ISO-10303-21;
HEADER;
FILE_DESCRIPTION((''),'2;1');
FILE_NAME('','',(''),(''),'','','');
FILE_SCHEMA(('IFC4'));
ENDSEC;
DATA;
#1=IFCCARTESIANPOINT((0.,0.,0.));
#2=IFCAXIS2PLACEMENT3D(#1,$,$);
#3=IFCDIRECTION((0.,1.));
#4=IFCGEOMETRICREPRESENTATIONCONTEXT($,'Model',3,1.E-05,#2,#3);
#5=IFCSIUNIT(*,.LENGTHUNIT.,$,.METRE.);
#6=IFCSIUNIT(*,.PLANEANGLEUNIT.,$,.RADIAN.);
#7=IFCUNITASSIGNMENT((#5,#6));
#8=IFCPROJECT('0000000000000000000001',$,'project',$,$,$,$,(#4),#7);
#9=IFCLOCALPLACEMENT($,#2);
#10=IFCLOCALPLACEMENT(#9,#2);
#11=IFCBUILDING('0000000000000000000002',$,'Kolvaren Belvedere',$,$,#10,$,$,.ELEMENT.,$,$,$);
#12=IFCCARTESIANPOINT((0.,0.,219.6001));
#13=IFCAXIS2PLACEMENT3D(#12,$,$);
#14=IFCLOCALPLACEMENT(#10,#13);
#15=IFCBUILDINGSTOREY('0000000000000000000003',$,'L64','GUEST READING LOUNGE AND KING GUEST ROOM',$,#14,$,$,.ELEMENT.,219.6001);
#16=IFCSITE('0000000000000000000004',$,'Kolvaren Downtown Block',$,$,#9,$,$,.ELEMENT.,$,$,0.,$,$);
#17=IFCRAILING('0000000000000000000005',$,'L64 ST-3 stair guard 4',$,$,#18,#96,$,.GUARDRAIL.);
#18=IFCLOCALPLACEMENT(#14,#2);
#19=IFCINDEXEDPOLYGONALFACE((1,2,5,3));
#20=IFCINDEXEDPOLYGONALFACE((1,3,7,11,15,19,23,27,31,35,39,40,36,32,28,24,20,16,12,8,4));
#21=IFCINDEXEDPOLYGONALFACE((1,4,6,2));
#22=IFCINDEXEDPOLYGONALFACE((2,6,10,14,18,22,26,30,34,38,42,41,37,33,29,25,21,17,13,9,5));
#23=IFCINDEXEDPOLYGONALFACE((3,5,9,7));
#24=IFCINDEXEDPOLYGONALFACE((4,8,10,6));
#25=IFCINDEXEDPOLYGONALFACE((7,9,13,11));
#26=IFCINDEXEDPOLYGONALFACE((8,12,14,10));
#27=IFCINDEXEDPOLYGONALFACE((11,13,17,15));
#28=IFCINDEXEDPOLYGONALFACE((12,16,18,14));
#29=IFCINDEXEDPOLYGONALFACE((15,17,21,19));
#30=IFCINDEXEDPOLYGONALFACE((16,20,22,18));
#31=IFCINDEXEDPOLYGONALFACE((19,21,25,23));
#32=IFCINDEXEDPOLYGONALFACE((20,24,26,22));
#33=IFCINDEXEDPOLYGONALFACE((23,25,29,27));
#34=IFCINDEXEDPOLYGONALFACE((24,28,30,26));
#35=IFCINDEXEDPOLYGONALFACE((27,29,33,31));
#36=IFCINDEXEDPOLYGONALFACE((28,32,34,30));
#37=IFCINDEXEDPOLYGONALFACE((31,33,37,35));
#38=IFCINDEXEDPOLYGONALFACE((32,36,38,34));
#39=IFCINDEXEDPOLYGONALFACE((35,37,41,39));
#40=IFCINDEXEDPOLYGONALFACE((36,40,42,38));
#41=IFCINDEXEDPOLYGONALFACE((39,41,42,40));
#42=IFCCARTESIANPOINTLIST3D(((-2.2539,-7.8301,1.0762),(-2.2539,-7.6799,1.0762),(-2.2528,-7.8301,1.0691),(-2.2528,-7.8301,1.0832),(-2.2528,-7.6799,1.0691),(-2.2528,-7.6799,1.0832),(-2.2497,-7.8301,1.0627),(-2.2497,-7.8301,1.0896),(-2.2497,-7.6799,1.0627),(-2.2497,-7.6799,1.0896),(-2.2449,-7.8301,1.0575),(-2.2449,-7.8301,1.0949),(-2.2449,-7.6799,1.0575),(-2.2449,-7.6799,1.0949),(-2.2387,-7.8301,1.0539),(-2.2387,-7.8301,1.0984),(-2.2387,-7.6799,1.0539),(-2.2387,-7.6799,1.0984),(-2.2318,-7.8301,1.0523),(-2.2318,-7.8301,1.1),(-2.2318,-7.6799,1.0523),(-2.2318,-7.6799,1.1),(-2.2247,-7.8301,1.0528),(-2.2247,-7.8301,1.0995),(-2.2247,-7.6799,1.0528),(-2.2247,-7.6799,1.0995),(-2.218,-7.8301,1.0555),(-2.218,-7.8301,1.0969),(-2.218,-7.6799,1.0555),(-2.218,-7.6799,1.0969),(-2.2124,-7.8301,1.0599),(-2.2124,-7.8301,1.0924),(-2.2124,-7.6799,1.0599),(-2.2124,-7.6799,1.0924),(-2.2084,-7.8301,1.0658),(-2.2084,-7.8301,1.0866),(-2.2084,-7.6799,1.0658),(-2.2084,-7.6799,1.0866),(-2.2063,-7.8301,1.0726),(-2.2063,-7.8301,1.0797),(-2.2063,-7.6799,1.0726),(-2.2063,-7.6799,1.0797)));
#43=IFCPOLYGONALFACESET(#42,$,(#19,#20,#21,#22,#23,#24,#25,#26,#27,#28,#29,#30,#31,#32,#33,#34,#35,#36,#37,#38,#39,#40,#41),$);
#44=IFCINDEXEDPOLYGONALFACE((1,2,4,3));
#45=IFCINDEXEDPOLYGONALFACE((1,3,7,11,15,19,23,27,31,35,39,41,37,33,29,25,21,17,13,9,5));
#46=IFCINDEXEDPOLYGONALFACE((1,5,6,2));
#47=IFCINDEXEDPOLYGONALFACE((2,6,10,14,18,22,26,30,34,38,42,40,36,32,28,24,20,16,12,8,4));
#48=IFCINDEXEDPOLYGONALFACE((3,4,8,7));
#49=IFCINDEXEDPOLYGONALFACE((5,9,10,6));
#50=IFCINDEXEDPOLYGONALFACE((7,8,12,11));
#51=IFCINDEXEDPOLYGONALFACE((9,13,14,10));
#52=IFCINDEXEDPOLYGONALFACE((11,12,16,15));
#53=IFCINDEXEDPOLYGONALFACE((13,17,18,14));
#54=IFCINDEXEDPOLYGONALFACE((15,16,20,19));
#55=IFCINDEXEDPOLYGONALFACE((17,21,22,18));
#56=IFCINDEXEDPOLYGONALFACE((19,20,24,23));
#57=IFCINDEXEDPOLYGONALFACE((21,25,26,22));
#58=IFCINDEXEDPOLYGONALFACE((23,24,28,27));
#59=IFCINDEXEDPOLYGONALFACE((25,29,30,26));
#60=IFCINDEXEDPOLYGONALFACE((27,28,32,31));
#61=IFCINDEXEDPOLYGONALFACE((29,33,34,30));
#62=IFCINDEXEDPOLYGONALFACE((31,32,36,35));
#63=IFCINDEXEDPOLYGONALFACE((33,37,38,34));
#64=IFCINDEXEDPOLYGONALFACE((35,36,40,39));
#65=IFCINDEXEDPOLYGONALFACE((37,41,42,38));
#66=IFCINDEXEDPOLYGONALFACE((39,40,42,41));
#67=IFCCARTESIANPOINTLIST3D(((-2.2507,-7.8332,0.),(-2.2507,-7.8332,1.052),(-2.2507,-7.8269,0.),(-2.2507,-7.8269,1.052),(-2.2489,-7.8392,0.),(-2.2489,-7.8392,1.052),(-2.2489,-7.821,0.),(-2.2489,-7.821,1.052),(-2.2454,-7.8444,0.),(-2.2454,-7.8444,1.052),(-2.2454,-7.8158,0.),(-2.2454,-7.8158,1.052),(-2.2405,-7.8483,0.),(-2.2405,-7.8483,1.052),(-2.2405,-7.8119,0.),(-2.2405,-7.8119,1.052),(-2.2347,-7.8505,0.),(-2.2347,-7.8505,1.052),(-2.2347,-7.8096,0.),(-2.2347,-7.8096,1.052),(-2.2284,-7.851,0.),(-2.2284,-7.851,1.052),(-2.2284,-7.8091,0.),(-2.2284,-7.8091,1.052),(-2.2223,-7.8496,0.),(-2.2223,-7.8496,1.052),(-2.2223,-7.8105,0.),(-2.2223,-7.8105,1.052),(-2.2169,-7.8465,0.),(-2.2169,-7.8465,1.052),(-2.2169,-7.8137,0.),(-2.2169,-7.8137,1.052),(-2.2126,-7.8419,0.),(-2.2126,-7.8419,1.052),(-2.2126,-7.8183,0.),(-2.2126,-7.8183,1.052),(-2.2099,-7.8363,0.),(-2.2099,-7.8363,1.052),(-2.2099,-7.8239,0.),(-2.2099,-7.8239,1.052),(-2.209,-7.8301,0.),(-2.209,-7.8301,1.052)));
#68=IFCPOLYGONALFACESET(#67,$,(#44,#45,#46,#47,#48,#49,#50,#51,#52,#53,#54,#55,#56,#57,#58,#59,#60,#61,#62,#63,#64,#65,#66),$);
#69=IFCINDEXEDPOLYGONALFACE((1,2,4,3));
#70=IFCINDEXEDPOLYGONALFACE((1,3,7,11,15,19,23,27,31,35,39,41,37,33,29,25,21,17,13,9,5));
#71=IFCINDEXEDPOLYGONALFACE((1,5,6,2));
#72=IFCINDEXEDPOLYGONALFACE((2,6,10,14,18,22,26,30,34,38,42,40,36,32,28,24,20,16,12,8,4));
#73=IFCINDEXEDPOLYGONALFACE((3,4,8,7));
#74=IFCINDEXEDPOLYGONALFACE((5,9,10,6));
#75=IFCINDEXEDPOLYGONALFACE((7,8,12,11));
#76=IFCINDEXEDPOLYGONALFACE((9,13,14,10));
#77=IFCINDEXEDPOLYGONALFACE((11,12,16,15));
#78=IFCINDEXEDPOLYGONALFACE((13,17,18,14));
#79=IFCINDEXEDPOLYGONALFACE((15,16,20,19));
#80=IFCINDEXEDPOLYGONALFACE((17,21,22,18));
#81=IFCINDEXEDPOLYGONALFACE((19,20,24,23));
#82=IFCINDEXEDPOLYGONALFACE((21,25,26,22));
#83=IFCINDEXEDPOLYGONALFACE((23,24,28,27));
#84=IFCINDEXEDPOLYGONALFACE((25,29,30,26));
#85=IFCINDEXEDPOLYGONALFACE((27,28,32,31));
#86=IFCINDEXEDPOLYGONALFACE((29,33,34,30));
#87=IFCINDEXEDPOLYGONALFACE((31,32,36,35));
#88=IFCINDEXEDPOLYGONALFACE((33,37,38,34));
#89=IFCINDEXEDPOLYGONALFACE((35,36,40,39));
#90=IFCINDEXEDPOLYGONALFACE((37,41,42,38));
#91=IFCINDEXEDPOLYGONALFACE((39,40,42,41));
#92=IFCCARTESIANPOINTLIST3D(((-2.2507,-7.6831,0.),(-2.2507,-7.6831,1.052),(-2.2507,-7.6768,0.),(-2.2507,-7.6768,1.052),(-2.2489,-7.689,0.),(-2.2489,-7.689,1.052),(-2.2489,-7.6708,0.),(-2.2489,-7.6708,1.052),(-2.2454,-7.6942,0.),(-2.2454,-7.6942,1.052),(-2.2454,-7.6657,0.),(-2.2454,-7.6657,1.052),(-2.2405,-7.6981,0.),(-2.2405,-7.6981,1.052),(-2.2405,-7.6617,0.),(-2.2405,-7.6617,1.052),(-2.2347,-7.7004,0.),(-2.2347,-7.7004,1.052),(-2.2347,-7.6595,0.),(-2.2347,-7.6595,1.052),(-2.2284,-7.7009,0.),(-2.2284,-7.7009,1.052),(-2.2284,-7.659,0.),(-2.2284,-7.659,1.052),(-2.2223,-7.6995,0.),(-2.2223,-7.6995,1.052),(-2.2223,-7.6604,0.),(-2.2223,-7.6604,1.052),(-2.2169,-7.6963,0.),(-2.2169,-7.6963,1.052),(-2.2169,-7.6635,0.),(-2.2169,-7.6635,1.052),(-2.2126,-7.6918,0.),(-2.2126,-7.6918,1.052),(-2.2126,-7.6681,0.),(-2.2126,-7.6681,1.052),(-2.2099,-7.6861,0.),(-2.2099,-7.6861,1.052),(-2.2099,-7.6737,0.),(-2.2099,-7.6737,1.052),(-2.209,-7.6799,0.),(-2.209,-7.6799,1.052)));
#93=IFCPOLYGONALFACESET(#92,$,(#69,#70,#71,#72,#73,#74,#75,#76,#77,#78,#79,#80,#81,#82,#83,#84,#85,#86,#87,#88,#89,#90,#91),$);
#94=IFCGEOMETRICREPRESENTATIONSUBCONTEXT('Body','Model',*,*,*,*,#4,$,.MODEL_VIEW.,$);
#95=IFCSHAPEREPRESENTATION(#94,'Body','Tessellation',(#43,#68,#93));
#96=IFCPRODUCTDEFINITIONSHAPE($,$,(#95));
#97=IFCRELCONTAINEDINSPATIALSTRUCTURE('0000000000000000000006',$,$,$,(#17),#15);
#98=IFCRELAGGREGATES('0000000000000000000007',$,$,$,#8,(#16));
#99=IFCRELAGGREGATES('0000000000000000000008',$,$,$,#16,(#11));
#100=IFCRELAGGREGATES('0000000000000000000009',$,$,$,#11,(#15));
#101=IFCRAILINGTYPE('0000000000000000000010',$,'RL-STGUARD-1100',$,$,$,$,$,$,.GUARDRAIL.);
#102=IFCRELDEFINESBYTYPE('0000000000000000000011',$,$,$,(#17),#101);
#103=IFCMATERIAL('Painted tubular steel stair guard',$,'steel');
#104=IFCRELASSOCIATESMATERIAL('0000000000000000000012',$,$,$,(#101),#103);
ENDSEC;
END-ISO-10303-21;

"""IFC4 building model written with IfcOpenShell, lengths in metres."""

from ifc_helpers import new_model, si_unit, direction, frame, origin, origin_2d, place, context, subcontext, project, spatial, circle, extrude, material, type_object, element, save


model = new_model("IFC4")

# Units and contexts
model_context = context("Model", 3, precision=1e-05, world=origin(), true_north=direction((0.0, 1.0)))
body_context = subcontext(model_context, "Body", "Model", "MODEL_VIEW")
ifc_project = project(units=[si_unit("LENGTHUNIT", "METRE"), si_unit("PLANEANGLEUNIT", "RADIAN")], contexts=[model_context])

# Site, building, storey
site_placement = place(None, origin())
site = spatial("IfcSite", under=ifc_project, at=site_placement, Name="Kolvaren Downtown Block", CompositionType="ELEMENT", RefElevation=0.0)
building_placement = place(site_placement, origin())
building = spatial("IfcBuilding", under=site, at=building_placement, Name="Kolvaren Belvedere", CompositionType="ELEMENT")
storey_placement = place(building_placement, frame((0.0, 0.0, 219.6001)))
storey = spatial("IfcBuildingStorey", under=building, at=storey_placement, Name="L64", Description="GUEST READING LOUNGE AND KING GUEST ROOM", CompositionType="ELEMENT", Elevation=219.6001)

# Railing
ifc_material_1 = material(Name="Painted tubular steel stair guard", Category="steel")
railing_type = type_object("IfcRailingType", Name="RL-STGUARD-1100", PredefinedType="GUARDRAIL", material=ifc_material_1)
railing_1_placement = place(storey_placement, frame((-2.23, -7.8301, 0.0)))
element("IfcRailing", 1, at=railing_1_placement, inside=storey, type_object=railing_type, Name="L64 ST-3 stair guard 4", PredefinedType="GUARDRAIL", context=body_context, shape_type="SweptSolid", body=[
    extrude(circle(Radius=0.0239, at=origin_2d()), frame((0.0, 0.0, 1.0762), z_axis=(0.0, 1.0, 0.0), x_axis=(-1.0, 0.0, 0.0)), (0.0, 0.0, 1.0), 0.1501),
    extrude(circle(Radius=0.021, at=origin_2d()), origin(), (0.0, 0.0, 1.0), 1.052),
    extrude(circle(Radius=0.021, at=origin_2d()), frame((0.0, 0.1501, 0.0)), (0.0, 0.0, 1.0), 1.052),
])

save(model, "model.ifc")
